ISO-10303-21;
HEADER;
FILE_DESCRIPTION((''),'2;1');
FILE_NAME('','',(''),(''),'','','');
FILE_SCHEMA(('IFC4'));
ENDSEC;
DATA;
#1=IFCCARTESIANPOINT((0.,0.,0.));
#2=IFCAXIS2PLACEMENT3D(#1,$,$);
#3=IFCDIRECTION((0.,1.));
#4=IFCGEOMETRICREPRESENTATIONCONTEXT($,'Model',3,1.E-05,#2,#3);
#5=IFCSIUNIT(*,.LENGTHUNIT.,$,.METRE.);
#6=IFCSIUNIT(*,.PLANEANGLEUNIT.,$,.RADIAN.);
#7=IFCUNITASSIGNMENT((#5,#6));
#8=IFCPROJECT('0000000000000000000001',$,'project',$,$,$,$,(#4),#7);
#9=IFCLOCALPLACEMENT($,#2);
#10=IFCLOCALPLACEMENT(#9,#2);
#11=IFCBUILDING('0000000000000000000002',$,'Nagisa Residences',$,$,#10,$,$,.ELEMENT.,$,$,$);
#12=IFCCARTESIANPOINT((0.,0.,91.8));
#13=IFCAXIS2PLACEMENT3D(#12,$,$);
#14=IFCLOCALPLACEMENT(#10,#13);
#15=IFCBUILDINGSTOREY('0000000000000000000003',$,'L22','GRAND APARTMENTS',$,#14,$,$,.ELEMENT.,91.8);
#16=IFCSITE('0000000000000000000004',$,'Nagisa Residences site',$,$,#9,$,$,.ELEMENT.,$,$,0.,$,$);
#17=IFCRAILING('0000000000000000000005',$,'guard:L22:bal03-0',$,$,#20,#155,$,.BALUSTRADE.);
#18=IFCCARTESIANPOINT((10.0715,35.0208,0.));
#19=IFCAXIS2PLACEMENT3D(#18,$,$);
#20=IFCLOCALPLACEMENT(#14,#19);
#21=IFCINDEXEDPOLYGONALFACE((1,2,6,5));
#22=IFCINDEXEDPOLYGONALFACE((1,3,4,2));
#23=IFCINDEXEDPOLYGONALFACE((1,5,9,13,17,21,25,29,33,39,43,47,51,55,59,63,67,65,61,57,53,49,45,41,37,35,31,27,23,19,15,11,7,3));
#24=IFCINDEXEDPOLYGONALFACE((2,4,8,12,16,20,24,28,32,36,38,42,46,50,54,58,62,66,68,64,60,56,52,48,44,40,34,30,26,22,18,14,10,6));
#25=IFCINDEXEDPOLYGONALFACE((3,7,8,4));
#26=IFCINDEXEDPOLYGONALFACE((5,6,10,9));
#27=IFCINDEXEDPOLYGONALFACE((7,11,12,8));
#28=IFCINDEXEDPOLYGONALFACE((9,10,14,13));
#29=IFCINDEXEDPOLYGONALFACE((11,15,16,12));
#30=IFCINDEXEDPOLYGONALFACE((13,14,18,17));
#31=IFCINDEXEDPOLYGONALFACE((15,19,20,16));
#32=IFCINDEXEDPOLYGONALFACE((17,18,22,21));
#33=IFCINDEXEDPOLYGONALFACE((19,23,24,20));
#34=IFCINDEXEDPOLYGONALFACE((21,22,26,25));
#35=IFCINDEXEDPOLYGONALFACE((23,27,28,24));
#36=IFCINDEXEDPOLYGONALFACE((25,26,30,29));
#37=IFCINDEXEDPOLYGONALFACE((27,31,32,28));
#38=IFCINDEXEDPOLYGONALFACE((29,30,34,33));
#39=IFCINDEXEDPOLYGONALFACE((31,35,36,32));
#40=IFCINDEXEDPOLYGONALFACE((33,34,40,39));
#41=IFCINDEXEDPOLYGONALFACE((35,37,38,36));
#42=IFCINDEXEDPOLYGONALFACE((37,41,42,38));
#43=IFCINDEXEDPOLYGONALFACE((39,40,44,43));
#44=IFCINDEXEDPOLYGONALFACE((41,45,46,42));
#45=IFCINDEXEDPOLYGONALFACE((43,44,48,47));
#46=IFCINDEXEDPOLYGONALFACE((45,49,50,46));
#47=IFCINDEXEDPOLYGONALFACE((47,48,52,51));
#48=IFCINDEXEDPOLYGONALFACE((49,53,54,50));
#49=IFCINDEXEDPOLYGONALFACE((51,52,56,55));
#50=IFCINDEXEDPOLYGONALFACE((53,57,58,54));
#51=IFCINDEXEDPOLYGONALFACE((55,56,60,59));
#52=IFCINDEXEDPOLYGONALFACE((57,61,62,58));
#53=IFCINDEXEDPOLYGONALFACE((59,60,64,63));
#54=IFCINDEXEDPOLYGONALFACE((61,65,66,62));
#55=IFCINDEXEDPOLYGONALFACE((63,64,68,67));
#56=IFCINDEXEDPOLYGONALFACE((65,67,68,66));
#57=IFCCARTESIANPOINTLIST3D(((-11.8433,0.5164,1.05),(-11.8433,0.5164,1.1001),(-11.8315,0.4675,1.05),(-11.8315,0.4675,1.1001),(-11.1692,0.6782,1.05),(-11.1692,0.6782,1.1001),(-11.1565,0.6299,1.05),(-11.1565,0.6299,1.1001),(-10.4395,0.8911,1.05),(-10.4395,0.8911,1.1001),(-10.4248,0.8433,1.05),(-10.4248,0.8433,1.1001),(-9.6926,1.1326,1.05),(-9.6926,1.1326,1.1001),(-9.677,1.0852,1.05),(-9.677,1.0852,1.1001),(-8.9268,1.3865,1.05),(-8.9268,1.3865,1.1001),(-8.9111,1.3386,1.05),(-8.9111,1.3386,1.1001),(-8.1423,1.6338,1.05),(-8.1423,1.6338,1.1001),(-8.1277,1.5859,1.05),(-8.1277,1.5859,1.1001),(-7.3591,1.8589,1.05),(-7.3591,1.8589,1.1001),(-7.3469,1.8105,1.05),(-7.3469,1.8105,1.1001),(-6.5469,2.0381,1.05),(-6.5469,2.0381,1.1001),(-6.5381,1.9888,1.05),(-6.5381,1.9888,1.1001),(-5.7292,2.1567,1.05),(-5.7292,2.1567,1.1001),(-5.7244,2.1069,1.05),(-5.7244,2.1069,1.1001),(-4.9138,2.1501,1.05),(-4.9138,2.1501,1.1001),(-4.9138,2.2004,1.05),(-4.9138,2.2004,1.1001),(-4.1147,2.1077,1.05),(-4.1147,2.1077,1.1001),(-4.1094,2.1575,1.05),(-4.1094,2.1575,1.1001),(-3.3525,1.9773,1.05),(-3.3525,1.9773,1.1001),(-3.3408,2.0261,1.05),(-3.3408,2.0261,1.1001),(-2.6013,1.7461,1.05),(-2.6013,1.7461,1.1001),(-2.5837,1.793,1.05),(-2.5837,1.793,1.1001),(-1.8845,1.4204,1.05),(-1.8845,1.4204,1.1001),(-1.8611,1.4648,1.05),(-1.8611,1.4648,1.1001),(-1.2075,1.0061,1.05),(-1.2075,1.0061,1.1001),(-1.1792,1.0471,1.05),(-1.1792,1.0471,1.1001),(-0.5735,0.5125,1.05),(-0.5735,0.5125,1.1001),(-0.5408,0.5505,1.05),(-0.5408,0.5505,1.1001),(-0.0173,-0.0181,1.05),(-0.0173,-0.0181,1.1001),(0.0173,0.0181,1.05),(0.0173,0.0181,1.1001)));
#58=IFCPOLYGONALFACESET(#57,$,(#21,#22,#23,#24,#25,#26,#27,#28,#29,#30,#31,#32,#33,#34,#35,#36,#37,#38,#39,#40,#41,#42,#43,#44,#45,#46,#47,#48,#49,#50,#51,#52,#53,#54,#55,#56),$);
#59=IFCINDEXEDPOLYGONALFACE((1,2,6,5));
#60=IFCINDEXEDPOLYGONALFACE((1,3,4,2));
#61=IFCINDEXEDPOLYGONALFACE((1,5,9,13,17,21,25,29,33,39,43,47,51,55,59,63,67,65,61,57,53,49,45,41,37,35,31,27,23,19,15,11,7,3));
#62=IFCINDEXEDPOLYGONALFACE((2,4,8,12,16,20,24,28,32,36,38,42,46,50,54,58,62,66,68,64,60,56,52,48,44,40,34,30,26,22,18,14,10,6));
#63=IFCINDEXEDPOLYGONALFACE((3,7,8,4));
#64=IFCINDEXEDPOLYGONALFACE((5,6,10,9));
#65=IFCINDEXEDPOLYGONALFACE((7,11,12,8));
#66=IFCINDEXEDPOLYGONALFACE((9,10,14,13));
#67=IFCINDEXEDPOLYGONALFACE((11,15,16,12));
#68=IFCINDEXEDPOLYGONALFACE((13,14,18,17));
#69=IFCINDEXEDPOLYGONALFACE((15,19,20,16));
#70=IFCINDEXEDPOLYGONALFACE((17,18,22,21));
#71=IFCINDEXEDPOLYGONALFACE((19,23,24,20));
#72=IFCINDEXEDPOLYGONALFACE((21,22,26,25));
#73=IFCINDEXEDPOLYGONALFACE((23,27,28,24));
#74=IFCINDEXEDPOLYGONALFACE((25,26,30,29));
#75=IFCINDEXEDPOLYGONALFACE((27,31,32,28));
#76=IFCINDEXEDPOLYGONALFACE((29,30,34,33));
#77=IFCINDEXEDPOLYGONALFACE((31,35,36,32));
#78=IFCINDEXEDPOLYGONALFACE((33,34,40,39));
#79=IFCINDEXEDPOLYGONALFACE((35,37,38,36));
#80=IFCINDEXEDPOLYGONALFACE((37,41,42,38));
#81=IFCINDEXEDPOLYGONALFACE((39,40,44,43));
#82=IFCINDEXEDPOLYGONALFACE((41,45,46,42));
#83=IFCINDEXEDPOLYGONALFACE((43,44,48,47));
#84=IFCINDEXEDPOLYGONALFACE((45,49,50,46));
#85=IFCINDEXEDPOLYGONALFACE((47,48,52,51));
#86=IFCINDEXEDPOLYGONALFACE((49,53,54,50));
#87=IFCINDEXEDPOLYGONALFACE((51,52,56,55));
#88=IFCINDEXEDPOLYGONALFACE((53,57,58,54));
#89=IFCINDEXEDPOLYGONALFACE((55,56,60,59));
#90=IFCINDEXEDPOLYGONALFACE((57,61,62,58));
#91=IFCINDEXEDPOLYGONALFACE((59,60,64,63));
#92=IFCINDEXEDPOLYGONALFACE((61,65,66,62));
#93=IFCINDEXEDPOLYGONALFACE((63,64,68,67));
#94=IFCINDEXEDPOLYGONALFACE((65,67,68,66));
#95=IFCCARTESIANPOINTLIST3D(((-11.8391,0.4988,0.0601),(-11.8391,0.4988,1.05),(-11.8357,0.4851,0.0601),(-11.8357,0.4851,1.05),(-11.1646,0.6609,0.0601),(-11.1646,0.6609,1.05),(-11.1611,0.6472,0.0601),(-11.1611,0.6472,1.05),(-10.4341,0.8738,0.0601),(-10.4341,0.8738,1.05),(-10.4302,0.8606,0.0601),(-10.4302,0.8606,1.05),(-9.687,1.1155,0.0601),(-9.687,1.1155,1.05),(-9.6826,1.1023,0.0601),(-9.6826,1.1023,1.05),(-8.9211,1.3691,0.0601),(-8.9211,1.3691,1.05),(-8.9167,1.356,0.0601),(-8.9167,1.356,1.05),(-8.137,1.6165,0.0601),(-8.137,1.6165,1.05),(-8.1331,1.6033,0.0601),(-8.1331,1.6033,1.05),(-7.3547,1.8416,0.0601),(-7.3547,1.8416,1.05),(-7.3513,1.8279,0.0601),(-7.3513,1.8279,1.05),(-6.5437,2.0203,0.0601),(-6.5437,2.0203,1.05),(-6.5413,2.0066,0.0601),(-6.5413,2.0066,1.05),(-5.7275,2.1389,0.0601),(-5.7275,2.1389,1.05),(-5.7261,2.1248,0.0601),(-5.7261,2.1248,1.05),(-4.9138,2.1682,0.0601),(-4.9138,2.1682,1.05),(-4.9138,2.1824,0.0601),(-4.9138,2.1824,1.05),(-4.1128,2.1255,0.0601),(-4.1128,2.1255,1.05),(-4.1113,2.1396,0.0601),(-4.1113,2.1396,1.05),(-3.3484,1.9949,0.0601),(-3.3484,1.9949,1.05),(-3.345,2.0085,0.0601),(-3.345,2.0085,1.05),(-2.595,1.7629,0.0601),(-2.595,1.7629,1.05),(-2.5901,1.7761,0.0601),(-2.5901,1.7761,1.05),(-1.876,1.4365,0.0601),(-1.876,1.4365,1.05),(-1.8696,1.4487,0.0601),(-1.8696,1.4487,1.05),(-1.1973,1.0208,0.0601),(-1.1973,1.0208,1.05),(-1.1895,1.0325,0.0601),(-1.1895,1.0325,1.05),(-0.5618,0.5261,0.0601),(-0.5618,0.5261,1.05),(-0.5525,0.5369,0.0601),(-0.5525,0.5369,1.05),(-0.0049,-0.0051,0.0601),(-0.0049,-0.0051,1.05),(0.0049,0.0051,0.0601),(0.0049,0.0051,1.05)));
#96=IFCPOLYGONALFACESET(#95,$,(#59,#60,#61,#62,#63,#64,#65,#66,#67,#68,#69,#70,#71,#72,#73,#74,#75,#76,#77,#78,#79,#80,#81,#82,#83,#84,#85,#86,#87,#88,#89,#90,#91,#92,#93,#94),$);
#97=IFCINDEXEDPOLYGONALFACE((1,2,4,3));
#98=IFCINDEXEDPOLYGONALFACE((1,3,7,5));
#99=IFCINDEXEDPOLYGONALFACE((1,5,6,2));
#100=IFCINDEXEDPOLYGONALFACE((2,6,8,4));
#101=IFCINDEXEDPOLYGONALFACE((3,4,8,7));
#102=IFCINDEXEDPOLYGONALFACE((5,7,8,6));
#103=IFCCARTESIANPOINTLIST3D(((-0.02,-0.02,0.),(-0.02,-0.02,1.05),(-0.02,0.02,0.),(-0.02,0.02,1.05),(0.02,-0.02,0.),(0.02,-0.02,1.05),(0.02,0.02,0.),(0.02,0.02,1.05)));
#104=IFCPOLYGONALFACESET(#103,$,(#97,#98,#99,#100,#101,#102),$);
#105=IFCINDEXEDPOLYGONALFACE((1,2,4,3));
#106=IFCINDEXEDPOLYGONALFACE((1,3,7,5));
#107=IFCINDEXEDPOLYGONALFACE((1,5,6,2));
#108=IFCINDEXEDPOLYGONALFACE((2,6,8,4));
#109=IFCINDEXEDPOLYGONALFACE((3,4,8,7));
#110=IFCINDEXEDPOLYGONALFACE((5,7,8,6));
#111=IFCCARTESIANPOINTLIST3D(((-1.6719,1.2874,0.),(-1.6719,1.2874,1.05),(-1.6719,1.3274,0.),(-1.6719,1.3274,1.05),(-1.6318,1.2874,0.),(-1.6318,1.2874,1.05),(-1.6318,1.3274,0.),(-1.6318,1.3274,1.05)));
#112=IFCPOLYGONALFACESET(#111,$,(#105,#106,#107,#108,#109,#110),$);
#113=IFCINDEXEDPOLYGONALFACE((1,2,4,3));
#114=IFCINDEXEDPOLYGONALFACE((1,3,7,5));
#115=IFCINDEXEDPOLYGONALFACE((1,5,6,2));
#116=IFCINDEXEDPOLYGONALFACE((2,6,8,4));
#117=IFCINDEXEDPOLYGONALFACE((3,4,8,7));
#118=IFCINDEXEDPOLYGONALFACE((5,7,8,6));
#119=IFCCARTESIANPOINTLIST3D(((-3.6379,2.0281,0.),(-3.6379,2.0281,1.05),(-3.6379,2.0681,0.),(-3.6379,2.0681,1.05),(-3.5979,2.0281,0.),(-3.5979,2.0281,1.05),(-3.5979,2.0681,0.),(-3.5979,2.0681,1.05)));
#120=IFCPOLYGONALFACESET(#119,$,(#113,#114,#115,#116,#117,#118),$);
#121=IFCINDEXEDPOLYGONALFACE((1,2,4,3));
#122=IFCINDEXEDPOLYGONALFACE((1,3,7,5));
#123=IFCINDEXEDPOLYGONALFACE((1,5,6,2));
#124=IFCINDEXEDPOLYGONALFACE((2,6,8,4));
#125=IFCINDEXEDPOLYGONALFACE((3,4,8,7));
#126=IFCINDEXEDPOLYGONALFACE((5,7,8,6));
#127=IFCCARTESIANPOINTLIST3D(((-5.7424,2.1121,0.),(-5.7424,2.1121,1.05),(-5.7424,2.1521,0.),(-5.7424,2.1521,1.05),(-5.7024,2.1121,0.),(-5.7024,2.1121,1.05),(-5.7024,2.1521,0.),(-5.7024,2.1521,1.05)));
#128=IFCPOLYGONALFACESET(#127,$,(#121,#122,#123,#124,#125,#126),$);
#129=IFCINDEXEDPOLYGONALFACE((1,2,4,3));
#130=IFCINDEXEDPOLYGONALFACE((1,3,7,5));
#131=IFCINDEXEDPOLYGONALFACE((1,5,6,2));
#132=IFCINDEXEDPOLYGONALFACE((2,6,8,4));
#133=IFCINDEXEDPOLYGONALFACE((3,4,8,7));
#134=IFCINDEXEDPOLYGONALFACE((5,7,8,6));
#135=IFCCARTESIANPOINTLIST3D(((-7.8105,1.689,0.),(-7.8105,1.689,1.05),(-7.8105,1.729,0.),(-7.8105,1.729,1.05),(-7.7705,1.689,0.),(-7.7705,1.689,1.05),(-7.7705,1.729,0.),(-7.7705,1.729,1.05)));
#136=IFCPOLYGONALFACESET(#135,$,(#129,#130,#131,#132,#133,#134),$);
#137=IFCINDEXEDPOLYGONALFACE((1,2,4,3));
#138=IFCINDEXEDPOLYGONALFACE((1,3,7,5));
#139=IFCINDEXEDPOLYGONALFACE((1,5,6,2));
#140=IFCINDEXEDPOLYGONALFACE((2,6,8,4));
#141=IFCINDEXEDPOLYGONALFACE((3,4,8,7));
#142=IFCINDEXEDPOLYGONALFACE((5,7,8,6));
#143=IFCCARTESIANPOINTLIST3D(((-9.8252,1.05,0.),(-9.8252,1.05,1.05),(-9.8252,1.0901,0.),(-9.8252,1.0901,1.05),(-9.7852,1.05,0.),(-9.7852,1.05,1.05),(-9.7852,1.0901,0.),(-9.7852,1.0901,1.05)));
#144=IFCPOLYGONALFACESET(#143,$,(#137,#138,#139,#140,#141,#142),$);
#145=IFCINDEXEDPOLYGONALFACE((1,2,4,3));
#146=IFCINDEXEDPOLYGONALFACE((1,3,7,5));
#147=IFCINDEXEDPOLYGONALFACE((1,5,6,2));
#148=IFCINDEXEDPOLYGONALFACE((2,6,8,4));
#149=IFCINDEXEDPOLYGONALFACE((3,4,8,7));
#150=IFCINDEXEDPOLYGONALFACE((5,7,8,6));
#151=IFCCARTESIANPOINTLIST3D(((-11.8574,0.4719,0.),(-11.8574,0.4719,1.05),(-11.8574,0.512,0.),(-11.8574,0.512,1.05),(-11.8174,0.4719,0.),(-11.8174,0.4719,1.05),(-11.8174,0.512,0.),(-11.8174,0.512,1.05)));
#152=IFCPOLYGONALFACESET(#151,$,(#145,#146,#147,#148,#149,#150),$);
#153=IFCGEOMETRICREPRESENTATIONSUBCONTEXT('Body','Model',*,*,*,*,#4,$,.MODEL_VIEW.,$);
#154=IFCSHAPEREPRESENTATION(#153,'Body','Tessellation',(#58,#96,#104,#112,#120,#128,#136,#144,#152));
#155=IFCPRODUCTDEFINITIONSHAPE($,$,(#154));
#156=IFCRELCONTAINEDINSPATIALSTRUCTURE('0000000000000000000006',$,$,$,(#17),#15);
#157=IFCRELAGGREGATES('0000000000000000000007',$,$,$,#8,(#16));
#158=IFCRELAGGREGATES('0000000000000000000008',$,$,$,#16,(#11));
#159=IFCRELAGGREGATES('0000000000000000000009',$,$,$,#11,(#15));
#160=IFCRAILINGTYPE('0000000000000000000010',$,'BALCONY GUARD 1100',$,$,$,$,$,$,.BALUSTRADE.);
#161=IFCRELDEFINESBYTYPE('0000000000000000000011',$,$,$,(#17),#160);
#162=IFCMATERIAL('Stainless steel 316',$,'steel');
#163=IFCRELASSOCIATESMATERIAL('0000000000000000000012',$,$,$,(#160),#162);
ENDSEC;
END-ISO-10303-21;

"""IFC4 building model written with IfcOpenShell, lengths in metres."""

from ifc_helpers import new_model, si_unit, direction, frame, origin, origin_2d, place, context, subcontext, project, spatial, polyline, rectangle, outline, extrude, material, type_object, element, save


model = new_model("IFC4")

# Units and contexts
model_context = context("Model", 3, precision=1e-05, world=origin(), true_north=direction((0.0, 1.0)))
body_context = subcontext(model_context, "Body", "Model", "MODEL_VIEW")
ifc_project = project(units=[si_unit("LENGTHUNIT", "METRE"), si_unit("PLANEANGLEUNIT", "RADIAN")], contexts=[model_context])

# Site, building, storey
site_placement = place(None, origin())
site = spatial("IfcSite", under=ifc_project, at=site_placement, Name="Nagisa Residences site", CompositionType="ELEMENT", RefElevation=0.0)
building_placement = place(site_placement, origin())
building = spatial("IfcBuilding", under=site, at=building_placement, Name="Nagisa Residences", CompositionType="ELEMENT")
storey_placement = place(building_placement, frame((0.0, 0.0, 91.8)))
storey = spatial("IfcBuildingStorey", under=building, at=storey_placement, Name="L22", Description="GRAND APARTMENTS", CompositionType="ELEMENT", Elevation=91.8)

# Railing
ifc_material_1 = material(Name="Stainless steel 316", Category="steel")
railing_type = type_object("IfcRailingType", Name="BALCONY GUARD 1100", PredefinedType="BALUSTRADE", material=ifc_material_1)
railing_placement = place(storey_placement, frame((10.0715, 35.0208, 0.0)))
element("IfcRailing", 1, at=railing_placement, inside=storey, type_object=railing_type, Name="guard:L22:bal03-0", PredefinedType="BALUSTRADE", context=body_context, shape_type="SweptSolid", body=[
    extrude(outline(polyline([(-0.5735, 0.5125), (-0.0173, -0.0181), (0.0173, 0.0181), (-0.5408, 0.5505), (-1.1792, 1.0471), (-1.8611, 1.4648), (-2.5837, 1.793), (-3.3408, 2.0261), (-4.1094, 2.1575), (-4.9138, 2.2004), (-5.7292, 2.1567), (-6.5469, 2.0381), (-7.3591, 1.8589), (-8.1423, 1.6338), (-8.9268, 1.3865), (-9.6926, 1.1326), (-10.4395, 0.8911), (-11.1692, 0.6782), (-11.8433, 0.5164), (-11.8315, 0.4675), (-11.1565, 0.6299), (-10.4248, 0.8433), (-9.677, 1.0852), (-8.9111, 1.3386), (-8.1277, 1.5859), (-7.3469, 1.8105), (-6.5381, 1.9888), (-5.7244, 2.1069), (-4.9138, 2.1501), (-4.1147, 2.1077), (-3.3525, 1.9773), (-2.6013, 1.7461), (-1.8845, 1.4204), (-1.2075, 1.0061), (-0.5735, 0.5125)])), frame((0.0, 0.0, 1.05)), (0.0, 0.0, 1.0), 0.05),
    extrude(outline(polyline([(-0.5618, 0.5261), (-0.0049, -0.0051), (0.0049, 0.0051), (-0.5525, 0.5369), (-1.1895, 1.0325), (-1.8696, 1.4487), (-2.5901, 1.7761), (-3.345, 2.0085), (-4.1113, 2.1396), (-4.9138, 2.1824), (-5.7275, 2.1389), (-6.5437, 2.0203), (-7.3547, 1.8416), (-8.137, 1.6165), (-8.9211, 1.3691), (-9.687, 1.1155), (-10.4341, 0.8738), (-11.1646, 0.6609), (-11.8391, 0.4988), (-11.8357, 0.4851), (-11.1611, 0.6472), (-10.4302, 0.8606), (-9.6826, 1.1023), (-8.9167, 1.356), (-8.1331, 1.6033), (-7.3513, 1.8279), (-6.5413, 2.0066), (-5.7261, 2.1248), (-4.9138, 2.1682), (-4.1128, 2.1255), (-3.3484, 1.9949), (-2.595, 1.7629), (-1.876, 1.4365), (-1.1973, 1.0208), (-0.5618, 0.5261)])), frame((0.0, 0.0, 0.0601)), (0.0, 0.0, 1.0), 0.99),
    extrude(rectangle(XDim=0.04, YDim=0.04, at=origin_2d()), origin(), (0.0, 0.0, 1.0), 1.05),
    extrude(rectangle(XDim=0.04, YDim=0.04, at=origin_2d()), frame((-1.6519, 1.3074, 0.0)), (0.0, 0.0, 1.0), 1.05),
    extrude(rectangle(XDim=0.04, YDim=0.04, at=origin_2d()), frame((-3.6179, 2.0481, 0.0)), (0.0, 0.0, 1.0), 1.05),
    extrude(rectangle(XDim=0.04, YDim=0.04, at=origin_2d()), frame((-5.7224, 2.1321, 0.0)), (0.0, 0.0, 1.0), 1.05),
    extrude(rectangle(XDim=0.04, YDim=0.04, at=origin_2d()), frame((-7.7905, 1.709, 0.0)), (0.0, 0.0, 1.0), 1.05),
    extrude(rectangle(XDim=0.04, YDim=0.04, at=origin_2d()), frame((-9.8052, 1.0701, 0.0)), (0.0, 0.0, 1.0), 1.05),
    extrude(rectangle(XDim=0.04, YDim=0.04, at=origin_2d()), frame((-11.8374, 0.4919, 0.0)), (0.0, 0.0, 1.0), 1.05),
])

save(model, "model.ifc")
